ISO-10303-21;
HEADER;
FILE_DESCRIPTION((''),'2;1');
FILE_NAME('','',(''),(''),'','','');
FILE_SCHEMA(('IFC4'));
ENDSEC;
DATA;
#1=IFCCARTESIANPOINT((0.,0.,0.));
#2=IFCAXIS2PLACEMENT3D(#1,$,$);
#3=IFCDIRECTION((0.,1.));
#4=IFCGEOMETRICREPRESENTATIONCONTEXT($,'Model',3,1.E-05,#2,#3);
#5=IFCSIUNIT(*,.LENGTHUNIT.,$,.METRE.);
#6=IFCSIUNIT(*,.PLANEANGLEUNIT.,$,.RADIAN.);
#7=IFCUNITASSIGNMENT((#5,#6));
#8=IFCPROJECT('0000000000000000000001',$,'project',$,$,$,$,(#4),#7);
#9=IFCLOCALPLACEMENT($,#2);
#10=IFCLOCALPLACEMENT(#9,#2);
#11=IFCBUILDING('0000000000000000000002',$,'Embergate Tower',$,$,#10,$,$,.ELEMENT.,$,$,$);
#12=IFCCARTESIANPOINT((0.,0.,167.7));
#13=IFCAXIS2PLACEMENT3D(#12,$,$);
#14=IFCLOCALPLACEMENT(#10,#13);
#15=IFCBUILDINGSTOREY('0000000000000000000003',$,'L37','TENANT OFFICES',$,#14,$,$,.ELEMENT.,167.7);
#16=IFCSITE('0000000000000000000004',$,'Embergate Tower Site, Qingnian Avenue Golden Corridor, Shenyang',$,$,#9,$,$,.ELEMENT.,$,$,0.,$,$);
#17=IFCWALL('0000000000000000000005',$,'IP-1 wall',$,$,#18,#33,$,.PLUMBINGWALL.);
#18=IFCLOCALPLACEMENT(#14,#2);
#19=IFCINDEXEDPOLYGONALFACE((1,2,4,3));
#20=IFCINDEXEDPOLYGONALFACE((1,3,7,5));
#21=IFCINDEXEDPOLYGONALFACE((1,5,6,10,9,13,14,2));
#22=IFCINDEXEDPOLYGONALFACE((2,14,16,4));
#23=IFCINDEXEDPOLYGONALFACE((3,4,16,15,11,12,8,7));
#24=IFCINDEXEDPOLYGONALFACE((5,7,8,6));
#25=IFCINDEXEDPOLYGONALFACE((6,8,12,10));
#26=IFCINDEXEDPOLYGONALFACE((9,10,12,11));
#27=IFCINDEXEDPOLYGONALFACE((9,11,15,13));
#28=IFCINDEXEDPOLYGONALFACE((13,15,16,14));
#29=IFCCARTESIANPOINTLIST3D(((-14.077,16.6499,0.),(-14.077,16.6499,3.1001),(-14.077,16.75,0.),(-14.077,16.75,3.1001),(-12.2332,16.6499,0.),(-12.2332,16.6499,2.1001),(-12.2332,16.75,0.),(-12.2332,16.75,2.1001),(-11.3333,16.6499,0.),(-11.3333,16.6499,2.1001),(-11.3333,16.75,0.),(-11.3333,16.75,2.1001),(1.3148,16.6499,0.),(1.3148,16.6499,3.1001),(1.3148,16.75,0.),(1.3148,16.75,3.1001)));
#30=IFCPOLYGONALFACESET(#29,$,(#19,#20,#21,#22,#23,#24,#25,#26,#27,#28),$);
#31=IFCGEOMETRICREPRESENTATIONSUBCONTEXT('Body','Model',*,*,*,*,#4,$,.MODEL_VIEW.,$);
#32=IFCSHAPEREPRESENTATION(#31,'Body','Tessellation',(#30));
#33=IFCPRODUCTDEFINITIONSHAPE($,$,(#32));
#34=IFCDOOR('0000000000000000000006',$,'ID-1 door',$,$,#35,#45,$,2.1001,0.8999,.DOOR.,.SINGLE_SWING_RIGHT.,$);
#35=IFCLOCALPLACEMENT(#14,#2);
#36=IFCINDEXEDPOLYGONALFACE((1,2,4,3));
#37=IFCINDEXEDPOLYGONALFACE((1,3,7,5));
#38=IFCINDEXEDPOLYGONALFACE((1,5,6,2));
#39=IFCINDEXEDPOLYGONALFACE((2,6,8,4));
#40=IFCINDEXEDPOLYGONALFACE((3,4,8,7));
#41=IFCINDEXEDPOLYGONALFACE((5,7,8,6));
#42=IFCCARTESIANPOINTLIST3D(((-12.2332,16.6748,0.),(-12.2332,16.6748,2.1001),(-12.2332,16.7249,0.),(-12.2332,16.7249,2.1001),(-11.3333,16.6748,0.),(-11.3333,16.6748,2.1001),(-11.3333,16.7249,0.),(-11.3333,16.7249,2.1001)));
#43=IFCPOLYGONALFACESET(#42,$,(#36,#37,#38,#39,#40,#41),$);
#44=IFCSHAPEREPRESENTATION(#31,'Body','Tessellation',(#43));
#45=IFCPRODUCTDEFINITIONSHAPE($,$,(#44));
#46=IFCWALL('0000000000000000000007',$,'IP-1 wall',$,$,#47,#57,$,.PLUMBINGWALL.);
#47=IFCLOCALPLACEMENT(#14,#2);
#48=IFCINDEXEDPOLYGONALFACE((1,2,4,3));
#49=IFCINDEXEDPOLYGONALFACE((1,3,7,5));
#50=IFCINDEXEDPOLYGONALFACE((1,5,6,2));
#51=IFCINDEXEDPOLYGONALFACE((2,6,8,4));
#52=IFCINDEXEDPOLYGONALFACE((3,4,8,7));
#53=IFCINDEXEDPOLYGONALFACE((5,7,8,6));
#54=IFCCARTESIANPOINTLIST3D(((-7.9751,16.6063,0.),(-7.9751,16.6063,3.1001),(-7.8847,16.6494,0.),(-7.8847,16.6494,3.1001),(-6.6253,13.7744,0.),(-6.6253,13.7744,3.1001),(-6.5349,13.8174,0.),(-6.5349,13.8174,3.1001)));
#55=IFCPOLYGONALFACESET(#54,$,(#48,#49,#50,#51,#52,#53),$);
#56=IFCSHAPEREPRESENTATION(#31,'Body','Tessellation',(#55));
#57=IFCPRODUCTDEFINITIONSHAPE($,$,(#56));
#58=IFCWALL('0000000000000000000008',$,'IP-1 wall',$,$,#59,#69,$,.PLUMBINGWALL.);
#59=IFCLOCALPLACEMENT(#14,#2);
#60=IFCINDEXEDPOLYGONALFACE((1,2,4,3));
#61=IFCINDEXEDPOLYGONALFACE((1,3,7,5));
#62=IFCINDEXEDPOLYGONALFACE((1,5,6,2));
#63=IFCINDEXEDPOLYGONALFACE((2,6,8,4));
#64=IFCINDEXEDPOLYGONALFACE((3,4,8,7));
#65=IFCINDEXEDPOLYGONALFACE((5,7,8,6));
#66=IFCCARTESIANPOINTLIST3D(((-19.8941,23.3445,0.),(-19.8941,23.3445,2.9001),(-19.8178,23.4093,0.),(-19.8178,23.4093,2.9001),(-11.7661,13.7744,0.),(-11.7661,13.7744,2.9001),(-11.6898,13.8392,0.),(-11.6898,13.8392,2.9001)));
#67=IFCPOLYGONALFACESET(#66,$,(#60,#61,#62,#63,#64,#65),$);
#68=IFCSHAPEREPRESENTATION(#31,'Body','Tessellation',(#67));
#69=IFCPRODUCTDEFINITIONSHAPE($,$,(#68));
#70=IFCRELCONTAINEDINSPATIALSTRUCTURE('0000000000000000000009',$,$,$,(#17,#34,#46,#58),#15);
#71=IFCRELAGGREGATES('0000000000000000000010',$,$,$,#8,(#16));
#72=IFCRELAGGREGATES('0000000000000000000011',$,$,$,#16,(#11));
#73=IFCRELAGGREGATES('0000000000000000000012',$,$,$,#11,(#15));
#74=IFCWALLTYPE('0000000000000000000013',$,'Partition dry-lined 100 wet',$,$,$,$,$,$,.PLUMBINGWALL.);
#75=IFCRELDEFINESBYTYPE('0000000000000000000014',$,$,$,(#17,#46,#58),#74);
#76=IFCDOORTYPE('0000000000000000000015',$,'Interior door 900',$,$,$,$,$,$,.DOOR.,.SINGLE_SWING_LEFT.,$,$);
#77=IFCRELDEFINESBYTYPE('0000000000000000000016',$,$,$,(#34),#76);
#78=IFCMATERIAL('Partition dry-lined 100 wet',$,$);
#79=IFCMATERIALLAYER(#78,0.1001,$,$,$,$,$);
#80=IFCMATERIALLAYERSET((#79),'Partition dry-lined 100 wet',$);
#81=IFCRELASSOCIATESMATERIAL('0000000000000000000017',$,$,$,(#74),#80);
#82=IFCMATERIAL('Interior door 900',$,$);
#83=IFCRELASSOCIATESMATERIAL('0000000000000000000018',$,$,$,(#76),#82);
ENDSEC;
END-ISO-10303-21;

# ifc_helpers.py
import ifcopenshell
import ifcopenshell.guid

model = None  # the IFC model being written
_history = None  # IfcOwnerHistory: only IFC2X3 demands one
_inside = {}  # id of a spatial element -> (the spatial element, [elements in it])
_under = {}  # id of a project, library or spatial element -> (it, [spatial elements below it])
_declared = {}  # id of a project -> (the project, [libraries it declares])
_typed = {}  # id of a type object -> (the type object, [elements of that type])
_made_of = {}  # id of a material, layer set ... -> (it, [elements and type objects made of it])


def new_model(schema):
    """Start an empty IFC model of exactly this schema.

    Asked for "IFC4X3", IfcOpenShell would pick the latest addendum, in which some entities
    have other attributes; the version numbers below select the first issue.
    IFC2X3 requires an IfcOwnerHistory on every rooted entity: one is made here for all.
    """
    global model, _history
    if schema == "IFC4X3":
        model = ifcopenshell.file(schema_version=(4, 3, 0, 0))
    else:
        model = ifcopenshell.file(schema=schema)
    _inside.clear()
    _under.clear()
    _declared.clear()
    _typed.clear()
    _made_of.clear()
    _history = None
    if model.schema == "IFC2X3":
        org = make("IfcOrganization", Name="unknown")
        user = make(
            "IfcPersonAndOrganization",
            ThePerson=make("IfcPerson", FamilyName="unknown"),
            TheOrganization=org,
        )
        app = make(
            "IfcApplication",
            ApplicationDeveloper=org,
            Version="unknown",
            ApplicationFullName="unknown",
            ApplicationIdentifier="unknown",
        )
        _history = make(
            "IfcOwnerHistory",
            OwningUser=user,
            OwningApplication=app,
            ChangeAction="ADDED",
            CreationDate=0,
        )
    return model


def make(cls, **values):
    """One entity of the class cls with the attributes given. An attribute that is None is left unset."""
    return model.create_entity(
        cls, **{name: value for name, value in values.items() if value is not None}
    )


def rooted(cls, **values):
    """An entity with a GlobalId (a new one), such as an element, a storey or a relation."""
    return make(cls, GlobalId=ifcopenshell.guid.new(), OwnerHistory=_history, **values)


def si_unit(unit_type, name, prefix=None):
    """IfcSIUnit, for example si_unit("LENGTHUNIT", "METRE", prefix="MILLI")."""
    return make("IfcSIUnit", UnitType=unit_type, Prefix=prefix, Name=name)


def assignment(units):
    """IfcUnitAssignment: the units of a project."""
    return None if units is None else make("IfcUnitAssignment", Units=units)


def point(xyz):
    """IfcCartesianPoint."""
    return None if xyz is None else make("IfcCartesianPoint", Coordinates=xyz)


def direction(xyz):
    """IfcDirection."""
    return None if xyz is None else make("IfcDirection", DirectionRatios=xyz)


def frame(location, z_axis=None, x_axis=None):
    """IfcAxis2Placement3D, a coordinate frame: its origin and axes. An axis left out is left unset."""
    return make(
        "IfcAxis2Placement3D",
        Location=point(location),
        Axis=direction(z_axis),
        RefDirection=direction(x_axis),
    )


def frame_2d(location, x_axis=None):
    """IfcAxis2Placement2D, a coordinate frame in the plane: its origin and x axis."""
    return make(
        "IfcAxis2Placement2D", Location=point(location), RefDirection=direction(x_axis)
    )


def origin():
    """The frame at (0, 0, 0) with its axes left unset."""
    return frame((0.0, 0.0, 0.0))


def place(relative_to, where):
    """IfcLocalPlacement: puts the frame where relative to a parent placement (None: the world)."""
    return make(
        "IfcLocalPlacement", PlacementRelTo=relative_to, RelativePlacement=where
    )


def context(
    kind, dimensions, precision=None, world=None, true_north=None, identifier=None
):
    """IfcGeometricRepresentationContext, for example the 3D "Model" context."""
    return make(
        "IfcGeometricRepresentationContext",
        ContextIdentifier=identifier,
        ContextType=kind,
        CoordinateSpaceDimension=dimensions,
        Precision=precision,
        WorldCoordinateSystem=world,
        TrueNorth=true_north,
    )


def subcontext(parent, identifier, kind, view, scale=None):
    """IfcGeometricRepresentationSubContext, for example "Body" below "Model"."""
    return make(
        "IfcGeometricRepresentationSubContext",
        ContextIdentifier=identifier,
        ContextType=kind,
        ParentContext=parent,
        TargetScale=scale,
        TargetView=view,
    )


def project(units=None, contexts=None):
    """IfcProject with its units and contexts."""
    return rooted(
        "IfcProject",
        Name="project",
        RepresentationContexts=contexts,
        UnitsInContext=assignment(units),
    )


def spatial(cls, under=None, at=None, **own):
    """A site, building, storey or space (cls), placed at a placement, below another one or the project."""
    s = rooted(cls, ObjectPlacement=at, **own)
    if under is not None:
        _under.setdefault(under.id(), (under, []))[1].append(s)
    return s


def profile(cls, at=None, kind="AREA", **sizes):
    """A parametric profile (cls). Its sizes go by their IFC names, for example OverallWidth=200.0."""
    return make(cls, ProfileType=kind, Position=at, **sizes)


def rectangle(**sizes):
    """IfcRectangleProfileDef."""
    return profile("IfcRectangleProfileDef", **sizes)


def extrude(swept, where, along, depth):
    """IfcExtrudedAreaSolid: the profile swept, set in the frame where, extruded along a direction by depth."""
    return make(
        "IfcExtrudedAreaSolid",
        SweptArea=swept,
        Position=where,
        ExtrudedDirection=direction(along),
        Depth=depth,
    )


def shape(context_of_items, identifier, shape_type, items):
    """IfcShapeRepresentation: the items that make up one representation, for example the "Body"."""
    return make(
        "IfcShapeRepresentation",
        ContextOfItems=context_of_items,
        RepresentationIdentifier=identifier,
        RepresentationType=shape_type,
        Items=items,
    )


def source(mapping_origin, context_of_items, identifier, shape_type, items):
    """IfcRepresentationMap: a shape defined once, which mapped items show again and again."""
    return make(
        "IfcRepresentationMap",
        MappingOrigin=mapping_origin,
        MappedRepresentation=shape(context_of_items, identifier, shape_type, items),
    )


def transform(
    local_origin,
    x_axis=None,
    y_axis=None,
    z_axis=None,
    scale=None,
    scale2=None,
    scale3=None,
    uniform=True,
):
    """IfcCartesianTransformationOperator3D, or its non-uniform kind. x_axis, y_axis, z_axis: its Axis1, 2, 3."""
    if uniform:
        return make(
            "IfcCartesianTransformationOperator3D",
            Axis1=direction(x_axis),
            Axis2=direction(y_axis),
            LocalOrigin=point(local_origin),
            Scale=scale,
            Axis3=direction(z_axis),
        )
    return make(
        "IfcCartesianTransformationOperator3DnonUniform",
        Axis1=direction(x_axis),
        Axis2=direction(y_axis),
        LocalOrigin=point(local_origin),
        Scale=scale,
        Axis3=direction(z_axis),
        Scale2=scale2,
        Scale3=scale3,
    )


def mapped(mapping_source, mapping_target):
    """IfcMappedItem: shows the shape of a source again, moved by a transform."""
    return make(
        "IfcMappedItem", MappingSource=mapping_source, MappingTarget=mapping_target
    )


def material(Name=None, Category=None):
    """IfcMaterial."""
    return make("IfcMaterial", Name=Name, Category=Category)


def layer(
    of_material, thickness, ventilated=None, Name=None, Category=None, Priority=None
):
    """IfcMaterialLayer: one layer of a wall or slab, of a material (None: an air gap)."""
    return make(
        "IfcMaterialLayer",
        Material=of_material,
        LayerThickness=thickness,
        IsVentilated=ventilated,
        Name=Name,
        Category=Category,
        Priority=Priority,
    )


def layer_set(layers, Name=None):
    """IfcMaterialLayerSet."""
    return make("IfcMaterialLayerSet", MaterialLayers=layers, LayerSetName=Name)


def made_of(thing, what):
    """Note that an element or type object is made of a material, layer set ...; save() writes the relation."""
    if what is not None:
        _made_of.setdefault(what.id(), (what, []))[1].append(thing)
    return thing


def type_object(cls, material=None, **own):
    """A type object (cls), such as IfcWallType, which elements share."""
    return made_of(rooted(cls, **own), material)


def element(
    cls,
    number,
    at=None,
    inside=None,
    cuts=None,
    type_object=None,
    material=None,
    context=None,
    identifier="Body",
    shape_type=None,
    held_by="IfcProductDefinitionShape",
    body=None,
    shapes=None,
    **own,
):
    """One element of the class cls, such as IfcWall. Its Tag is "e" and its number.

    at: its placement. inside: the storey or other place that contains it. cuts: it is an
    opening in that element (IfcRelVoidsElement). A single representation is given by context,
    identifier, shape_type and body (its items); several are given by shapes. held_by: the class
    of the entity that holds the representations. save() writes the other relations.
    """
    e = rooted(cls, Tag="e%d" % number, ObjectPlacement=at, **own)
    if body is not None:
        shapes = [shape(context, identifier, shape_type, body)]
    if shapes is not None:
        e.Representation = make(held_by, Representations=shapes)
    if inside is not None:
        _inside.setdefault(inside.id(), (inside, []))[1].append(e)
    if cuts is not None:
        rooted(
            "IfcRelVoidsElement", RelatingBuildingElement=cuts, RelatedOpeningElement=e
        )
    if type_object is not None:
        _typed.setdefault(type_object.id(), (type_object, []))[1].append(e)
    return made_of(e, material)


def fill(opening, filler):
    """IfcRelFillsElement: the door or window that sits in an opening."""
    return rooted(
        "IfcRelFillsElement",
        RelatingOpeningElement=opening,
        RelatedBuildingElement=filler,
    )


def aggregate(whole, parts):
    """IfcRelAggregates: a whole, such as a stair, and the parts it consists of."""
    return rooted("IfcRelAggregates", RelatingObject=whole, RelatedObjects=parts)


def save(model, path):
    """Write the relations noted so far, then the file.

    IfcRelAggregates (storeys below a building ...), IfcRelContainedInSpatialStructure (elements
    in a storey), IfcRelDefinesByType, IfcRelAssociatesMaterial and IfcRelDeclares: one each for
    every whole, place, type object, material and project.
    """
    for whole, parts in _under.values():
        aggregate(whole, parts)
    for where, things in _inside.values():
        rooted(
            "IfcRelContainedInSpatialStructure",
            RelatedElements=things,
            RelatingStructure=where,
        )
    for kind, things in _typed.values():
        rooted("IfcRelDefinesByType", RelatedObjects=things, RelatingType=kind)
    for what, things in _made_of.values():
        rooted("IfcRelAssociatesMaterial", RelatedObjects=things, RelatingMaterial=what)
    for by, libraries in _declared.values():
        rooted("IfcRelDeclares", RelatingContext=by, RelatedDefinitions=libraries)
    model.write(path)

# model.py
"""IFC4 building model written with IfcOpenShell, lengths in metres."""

from ifc_helpers import new_model, si_unit, direction, frame, frame_2d, origin, place, context, subcontext, project, spatial, rectangle, extrude, source, transform, mapped, material, layer, layer_set, type_object, element, fill, save


model = new_model("IFC4")

# Units and contexts
model_context = context("Model", 3, precision=1e-05, world=origin(), true_north=direction((0.0, 1.0)))
body_context = subcontext(model_context, "Body", "Model", "MODEL_VIEW")
ifc_project = project(units=[si_unit("LENGTHUNIT", "METRE"), si_unit("PLANEANGLEUNIT", "RADIAN")], contexts=[model_context])

# Site, building, storey
site_placement = place(None, origin())
site = spatial("IfcSite", under=ifc_project, at=site_placement, Name="Embergate Tower Site, Qingnian Avenue Golden Corridor, Shenyang", CompositionType="ELEMENT", RefElevation=0.0)
building_placement = place(site_placement, origin())
building = spatial("IfcBuilding", under=site, at=building_placement, Name="Embergate Tower", CompositionType="ELEMENT")
storey_placement = place(building_placement, frame((0.0, 0.0, 167.7)))
storey = spatial("IfcBuildingStorey", under=building, at=storey_placement, Name="L37", Description="TENANT OFFICES", CompositionType="ELEMENT", Elevation=167.7)

# Shared definitions
shared_shape_1 = source(origin(), body_context, "Body", "SweptSolid", [
    extrude(rectangle(XDim=0.8999, YDim=2.1001, at=frame_2d((0.45, 1.05))), frame((0.0, 0.0249, 0.0), z_axis=(0.0, -1.0, 0.0), x_axis=(1.0, 0.0, 0.0)), (0.0, 0.0, 1.0), 0.05),
])

# Shared definitions
ifc_material_1 = material(Name="Partition dry-lined 100 wet")
ifc_layer_1 = layer(ifc_material_1, 0.1001)
ifc_layer_set_1 = layer_set([ifc_layer_1], Name="Partition dry-lined 100 wet")
wall_type_1 = type_object("IfcWallType", Name="Partition dry-lined 100 wet", PredefinedType="PLUMBINGWALL", material=ifc_layer_set_1)

# Wall, opening, door
shared_shape_2 = source(origin(), body_context, "Body", "SweptSolid", [
    extrude(rectangle(XDim=15.3918, YDim=0.1001, at=frame_2d((7.6958, 0.0))), origin(), (0.0, 0.0, 1.0), 3.1001),
])
wall_1_placement = place(storey_placement, frame((-14.0769, 16.7, 0.0), z_axis=(0.0, 0.0, 1.0), x_axis=(1.0, 0.0, 0.0)))
wall_1 = element("IfcWall", 1, at=wall_1_placement, inside=storey, type_object=wall_type_1, Name="IP-1 wall", PredefinedType="PLUMBINGWALL", context=body_context, shape_type="MappedRepresentation", body=[
    mapped(shared_shape_2, transform((0.0, 0.0, 0.0))),
])
shared_shape_3 = source(origin(), body_context, "Body", "SweptSolid", [
    extrude(rectangle(XDim=0.8999, YDim=2.1001, at=frame_2d((0.45, 1.05))), frame((0.0, 0.0601, 0.0), z_axis=(0.0, -1.0, 0.0), x_axis=(1.0, 0.0, 0.0)), (0.0, 0.0, 1.0), 0.1201),
])
opening_1_placement = place(wall_1_placement, frame((1.8438, 0.0, 0.0)))
opening_1 = element("IfcOpeningElement", 2, at=opening_1_placement, cuts=wall_1, PredefinedType="OPENING", context=body_context, shape_type="MappedRepresentation", body=[
    mapped(shared_shape_3, transform((0.0, 0.0, 0.0))),
])
ifc_material_2 = material(Name="Interior door 900")
door_type_1 = type_object("IfcDoorType", Name="Interior door 900", OperationType="SINGLE_SWING_LEFT", PredefinedType="DOOR", material=ifc_material_2)
door_1_placement = place(opening_1_placement, origin())
door_1 = element("IfcDoor", 3, at=door_1_placement, inside=storey, type_object=door_type_1, Name="ID-1 door", OperationType="SINGLE_SWING_RIGHT", OverallHeight=2.1001, OverallWidth=0.8999, PredefinedType="DOOR", context=body_context, shape_type="MappedRepresentation", body=[
    mapped(shared_shape_1, transform((0.0, 0.0, 0.0))),
])
fill(opening_1, door_1)

# Walls
shared_shape_4 = source(origin(), body_context, "Body", "SweptSolid", [
    extrude(rectangle(XDim=3.1372, YDim=0.1001, at=frame_2d((1.5686, 0.0))), origin(), (0.0, 0.0, 1.0), 3.1001),
])
wall_2_placement = place(storey_placement, frame((-6.5801, 13.7959, 0.0), z_axis=(0.0, 0.0, 1.0), x_axis=(-0.430263, 0.902704, 0.0)))
element("IfcWall", 4, at=wall_2_placement, inside=storey, type_object=wall_type_1, Name="IP-1 wall", PredefinedType="PLUMBINGWALL", context=body_context, shape_type="MappedRepresentation", body=[
    mapped(shared_shape_4, transform((0.0, 0.0, 0.0))),
])
shared_shape_5 = source(origin(), body_context, "Body", "SweptSolid", [
    extrude(rectangle(XDim=12.5559, YDim=0.1001, at=frame_2d((6.2778, 0.0))), origin(), (0.0, 0.0, 1.0), 2.9001),
])
wall_3_placement = place(storey_placement, frame((-11.728, 13.8069, 0.0), z_axis=(0.0, 0.0, 1.0), x_axis=(-0.647342, 0.7622, 0.0)))
element("IfcWall", 5, at=wall_3_placement, inside=storey, type_object=wall_type_1, Name="IP-1 wall", PredefinedType="PLUMBINGWALL", context=body_context, shape_type="MappedRepresentation", body=[
    mapped(shared_shape_5, transform((0.0, 0.0, 0.0))),
])

save(model, "model.ifc")
